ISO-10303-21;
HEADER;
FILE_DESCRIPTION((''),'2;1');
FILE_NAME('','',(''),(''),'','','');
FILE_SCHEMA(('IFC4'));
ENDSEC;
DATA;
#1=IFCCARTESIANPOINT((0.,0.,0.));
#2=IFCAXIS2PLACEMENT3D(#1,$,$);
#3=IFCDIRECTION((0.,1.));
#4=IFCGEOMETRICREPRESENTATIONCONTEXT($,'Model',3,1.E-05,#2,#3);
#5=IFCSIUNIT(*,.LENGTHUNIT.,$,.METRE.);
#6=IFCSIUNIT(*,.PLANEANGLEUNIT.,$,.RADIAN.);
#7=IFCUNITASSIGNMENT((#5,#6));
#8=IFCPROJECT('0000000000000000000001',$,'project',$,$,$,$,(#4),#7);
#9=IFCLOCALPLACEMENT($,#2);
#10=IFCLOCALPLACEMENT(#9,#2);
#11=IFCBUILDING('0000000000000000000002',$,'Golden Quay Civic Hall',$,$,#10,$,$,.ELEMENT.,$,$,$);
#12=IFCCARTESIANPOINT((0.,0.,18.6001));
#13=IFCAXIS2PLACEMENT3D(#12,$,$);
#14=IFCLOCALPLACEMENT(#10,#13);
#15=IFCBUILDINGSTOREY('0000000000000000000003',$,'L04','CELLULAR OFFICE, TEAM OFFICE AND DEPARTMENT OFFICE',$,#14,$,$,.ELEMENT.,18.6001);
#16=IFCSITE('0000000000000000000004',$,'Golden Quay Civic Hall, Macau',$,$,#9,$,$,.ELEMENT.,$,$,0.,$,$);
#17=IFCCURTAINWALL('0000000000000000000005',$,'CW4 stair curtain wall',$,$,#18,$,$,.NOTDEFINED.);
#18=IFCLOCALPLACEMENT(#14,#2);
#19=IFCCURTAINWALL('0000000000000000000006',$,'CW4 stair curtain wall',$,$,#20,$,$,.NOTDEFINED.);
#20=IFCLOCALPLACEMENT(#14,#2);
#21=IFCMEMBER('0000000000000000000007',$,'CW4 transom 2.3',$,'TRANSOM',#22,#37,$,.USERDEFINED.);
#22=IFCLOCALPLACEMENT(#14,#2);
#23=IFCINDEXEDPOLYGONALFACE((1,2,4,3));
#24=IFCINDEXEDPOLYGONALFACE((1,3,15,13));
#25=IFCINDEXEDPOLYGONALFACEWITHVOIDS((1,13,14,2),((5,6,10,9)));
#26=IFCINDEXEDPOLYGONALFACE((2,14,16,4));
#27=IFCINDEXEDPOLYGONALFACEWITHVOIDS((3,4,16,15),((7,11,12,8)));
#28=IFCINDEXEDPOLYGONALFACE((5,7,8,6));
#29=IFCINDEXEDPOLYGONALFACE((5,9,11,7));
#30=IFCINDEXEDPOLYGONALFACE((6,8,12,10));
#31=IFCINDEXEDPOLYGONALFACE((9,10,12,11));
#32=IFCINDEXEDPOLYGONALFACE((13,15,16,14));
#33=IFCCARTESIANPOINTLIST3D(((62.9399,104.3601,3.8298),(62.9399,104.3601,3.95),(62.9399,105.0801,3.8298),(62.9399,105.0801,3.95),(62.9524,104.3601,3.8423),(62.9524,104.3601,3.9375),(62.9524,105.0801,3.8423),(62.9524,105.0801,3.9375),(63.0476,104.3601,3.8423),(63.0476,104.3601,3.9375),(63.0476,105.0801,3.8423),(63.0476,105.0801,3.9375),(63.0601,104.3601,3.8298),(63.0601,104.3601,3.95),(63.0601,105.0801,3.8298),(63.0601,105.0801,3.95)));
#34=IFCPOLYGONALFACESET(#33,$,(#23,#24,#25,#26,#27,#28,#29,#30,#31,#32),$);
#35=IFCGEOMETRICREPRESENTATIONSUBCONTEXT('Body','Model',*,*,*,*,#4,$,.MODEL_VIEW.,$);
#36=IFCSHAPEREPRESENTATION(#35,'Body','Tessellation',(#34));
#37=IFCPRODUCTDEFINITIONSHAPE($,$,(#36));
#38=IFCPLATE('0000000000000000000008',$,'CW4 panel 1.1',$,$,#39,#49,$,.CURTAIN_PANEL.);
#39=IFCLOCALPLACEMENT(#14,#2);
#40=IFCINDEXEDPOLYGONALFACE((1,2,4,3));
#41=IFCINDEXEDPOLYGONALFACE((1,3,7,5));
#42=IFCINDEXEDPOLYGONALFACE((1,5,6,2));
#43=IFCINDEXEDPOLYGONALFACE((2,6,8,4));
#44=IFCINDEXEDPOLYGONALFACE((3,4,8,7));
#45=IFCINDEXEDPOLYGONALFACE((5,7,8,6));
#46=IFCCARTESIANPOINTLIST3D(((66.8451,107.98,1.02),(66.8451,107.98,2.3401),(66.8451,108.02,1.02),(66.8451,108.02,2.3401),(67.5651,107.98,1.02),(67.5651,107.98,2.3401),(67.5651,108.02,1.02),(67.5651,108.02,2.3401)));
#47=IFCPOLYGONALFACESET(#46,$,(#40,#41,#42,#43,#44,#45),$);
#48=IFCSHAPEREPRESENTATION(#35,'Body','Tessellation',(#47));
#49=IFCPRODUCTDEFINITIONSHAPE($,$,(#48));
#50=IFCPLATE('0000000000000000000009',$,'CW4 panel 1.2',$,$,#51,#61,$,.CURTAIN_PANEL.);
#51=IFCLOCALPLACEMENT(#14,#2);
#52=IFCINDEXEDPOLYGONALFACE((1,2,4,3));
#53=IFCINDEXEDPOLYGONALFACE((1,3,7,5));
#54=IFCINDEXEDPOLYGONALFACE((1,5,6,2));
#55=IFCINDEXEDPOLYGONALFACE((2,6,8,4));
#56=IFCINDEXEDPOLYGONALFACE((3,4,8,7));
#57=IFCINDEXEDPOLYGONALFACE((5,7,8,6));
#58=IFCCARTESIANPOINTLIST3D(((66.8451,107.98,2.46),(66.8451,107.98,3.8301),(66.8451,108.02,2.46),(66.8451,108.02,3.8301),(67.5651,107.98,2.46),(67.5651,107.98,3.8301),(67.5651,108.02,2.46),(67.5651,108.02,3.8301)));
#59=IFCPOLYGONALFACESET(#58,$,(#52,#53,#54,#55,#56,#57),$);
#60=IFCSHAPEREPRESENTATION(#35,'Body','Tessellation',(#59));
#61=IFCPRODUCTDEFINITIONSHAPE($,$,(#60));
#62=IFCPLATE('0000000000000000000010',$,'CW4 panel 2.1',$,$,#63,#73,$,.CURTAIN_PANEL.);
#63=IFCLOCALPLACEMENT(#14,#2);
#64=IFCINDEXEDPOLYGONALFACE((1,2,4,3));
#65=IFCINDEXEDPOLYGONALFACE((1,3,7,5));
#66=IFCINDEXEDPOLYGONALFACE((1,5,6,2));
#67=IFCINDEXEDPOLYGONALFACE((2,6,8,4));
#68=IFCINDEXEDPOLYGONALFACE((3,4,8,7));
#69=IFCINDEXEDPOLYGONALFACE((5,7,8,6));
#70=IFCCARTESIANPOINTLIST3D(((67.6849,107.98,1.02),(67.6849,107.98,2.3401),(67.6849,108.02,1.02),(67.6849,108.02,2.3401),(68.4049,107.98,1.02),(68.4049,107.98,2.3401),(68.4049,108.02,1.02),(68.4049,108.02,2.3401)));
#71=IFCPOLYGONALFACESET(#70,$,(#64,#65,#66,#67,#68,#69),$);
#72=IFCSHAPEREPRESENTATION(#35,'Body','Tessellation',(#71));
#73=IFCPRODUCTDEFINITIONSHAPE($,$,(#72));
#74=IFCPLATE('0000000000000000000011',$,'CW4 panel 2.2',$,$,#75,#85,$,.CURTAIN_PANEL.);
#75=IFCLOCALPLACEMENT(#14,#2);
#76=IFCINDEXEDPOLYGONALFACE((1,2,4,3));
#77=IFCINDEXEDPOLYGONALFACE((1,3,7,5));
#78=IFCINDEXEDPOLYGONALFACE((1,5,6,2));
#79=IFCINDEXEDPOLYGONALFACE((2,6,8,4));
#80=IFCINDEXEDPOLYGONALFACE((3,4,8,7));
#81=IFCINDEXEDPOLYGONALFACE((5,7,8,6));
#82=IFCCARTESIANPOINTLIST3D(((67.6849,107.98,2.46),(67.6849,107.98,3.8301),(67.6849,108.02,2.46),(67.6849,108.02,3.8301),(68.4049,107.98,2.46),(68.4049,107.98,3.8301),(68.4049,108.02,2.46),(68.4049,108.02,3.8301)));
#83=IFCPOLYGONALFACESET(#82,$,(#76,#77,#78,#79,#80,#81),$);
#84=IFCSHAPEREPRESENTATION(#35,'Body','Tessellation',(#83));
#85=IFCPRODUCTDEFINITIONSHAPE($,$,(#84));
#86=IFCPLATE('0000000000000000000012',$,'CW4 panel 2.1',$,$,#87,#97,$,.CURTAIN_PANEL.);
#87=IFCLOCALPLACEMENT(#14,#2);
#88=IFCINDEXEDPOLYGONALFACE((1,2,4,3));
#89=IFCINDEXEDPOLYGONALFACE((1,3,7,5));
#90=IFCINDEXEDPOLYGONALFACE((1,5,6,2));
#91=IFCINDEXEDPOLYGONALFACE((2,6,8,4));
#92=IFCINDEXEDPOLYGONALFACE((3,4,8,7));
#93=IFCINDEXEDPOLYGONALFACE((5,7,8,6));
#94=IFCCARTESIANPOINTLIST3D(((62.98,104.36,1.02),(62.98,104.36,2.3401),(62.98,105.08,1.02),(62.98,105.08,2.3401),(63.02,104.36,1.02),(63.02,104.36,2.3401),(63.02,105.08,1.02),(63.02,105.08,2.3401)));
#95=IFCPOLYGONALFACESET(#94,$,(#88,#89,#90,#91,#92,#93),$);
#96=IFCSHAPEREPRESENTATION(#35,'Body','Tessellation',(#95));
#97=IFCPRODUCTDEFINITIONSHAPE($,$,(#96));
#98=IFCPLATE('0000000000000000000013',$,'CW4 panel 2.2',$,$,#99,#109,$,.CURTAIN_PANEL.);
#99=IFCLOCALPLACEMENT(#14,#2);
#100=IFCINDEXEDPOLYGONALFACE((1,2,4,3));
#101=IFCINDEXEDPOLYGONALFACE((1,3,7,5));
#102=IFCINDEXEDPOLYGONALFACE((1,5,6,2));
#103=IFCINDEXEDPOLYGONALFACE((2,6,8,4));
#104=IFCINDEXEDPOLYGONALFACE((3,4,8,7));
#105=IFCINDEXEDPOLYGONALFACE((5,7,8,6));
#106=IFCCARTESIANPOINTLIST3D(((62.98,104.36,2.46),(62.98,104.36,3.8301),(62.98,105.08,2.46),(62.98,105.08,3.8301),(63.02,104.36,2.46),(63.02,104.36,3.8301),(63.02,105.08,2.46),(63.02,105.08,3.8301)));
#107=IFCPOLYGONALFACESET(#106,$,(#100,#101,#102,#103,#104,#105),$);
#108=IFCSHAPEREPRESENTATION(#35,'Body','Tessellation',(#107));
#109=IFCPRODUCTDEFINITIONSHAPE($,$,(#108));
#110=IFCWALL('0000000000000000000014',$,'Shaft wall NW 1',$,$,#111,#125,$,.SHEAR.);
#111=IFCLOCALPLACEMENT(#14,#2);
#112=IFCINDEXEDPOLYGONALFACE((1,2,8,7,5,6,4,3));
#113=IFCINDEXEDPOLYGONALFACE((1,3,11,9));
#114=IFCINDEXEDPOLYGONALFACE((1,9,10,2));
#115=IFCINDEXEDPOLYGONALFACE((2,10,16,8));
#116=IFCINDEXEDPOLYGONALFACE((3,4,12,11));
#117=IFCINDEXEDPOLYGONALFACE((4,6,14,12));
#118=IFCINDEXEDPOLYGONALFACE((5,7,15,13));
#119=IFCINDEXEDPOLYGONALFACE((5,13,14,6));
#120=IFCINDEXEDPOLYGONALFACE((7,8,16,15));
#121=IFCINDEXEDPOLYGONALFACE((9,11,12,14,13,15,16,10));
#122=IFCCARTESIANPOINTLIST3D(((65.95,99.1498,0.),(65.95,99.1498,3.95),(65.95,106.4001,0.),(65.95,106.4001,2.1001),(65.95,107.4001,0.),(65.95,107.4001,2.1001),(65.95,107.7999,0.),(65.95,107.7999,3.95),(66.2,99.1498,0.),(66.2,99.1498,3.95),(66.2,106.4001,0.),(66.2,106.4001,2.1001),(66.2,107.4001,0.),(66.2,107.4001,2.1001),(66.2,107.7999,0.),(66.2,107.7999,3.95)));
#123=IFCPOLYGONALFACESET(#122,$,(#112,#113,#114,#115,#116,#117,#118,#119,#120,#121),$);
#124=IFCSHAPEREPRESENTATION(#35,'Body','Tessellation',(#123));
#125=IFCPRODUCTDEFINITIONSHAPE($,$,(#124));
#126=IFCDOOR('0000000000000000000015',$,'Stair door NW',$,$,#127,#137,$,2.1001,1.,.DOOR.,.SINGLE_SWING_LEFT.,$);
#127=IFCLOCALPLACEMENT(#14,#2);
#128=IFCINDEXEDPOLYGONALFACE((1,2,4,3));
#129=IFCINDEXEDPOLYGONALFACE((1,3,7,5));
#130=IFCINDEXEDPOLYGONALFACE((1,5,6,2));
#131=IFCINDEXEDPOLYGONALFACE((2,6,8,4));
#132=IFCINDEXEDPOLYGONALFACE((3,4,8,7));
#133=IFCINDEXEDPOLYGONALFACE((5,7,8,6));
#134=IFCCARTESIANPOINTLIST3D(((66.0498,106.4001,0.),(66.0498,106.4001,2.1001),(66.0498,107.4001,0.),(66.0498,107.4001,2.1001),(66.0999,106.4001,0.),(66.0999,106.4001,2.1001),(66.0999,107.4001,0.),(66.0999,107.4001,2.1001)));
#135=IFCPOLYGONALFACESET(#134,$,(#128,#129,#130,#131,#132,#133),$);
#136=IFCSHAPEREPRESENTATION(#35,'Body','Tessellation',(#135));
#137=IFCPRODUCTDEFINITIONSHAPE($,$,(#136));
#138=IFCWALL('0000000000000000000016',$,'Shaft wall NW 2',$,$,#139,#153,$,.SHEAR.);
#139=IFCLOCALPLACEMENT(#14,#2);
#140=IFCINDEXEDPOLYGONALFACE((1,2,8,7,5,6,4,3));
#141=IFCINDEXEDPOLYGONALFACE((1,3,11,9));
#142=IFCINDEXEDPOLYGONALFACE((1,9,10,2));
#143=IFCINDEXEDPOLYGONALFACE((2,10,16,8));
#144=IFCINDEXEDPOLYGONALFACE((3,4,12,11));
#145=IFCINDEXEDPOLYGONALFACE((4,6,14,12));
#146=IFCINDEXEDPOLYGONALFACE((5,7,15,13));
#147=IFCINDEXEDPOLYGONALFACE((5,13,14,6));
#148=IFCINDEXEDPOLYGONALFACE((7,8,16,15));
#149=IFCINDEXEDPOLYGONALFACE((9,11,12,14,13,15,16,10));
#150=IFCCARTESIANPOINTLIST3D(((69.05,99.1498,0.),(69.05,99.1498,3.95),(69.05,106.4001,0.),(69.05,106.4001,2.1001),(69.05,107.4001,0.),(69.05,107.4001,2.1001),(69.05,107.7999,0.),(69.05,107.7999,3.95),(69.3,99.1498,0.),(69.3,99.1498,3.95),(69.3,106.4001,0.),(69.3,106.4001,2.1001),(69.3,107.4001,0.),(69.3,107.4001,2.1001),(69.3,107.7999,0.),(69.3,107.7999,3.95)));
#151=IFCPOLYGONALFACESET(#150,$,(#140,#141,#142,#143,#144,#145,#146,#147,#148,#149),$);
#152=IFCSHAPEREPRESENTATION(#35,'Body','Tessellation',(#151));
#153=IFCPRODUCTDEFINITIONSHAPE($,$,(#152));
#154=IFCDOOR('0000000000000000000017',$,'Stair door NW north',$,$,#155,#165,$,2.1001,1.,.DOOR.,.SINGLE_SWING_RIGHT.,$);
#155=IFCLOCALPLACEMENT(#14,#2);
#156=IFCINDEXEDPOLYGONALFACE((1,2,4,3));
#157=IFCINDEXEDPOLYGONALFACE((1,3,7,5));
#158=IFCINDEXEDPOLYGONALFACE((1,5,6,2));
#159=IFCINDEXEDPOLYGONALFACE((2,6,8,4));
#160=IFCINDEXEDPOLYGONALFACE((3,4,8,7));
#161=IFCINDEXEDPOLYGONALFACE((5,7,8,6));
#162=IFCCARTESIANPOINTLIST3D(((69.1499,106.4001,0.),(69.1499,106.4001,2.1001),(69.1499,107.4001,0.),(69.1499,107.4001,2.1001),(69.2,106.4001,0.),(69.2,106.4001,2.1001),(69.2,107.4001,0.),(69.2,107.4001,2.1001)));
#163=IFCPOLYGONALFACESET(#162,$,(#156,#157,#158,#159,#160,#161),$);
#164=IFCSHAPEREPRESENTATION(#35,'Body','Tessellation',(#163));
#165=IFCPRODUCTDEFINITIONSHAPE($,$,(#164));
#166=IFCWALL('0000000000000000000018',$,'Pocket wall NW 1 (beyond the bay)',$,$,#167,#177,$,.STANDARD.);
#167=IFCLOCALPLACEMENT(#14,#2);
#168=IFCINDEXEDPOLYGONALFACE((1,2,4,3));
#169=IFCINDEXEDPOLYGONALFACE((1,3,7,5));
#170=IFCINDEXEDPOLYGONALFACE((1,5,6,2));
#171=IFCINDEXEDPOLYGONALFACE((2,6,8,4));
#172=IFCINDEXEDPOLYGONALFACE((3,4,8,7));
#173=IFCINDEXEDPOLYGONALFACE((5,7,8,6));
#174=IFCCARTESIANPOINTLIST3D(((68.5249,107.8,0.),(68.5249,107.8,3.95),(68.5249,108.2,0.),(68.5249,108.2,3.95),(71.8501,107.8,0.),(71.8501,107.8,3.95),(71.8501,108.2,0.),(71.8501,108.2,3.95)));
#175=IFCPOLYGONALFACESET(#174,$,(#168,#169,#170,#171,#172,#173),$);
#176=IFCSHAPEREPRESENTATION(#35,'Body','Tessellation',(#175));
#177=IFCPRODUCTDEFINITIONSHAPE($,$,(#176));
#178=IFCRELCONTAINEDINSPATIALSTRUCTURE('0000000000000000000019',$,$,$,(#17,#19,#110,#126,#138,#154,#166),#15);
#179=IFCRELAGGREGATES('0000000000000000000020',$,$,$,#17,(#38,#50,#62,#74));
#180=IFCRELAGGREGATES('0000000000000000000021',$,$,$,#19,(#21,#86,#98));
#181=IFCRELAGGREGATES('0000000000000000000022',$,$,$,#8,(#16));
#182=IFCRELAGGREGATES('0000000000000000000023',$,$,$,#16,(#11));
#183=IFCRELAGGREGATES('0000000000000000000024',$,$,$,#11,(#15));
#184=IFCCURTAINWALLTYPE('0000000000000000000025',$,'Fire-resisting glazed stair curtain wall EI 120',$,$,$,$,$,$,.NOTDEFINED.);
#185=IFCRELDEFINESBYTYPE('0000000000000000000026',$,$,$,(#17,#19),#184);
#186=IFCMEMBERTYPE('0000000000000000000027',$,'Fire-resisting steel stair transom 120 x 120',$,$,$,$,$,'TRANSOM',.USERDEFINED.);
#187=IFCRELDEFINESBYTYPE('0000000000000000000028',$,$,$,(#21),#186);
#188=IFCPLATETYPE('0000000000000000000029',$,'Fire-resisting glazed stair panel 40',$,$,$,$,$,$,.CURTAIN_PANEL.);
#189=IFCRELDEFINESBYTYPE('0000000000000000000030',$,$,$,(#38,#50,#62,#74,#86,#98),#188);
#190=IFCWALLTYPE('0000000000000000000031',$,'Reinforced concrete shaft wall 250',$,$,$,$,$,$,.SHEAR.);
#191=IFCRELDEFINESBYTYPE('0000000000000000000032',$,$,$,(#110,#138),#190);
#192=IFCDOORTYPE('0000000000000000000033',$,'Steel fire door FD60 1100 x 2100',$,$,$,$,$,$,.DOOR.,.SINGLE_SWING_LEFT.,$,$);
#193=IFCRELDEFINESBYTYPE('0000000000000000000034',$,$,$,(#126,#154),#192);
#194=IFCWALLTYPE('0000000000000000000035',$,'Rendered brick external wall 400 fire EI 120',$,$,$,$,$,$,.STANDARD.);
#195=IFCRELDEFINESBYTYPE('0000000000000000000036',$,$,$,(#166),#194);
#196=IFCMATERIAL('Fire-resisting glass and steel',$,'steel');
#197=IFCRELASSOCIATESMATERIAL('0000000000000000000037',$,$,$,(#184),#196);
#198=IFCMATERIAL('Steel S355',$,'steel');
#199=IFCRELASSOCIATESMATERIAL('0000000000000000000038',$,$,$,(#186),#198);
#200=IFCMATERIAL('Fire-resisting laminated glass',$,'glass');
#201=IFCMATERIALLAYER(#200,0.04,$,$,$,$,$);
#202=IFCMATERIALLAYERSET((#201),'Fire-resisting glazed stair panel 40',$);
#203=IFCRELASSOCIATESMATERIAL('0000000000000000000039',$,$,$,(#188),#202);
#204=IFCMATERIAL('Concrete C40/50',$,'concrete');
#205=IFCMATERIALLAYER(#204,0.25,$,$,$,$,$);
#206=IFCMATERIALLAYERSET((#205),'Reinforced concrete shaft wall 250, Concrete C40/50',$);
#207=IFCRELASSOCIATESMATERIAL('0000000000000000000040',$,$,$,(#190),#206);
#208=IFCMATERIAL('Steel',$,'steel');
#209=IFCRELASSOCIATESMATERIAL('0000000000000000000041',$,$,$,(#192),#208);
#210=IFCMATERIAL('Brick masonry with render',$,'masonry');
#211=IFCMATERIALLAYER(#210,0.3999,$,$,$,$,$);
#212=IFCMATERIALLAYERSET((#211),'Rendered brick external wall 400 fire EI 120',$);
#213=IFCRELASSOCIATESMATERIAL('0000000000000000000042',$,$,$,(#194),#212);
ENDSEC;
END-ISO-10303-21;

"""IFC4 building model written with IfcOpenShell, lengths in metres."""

from ifc_helpers import new_model, si_unit, direction, frame, frame_2d, origin, origin_2d, place, context, subcontext, project, spatial, rectangle, hollow_rectangle, extrude, material, layer, layer_set, material_profile, profile_set, type_object, element, fill, aggregate, save


model = new_model("IFC4")

# Units and contexts
model_context = context("Model", 3, precision=1e-05, world=origin(), true_north=direction((0.0, 1.0)))
body_context = subcontext(model_context, "Body", "Model", "MODEL_VIEW")
ifc_project = project(units=[si_unit("LENGTHUNIT", "METRE"), si_unit("PLANEANGLEUNIT", "RADIAN")], contexts=[model_context])

# Site, building, storey
site_placement = place(None, origin())
site = spatial("IfcSite", under=ifc_project, at=site_placement, Name="Golden Quay Civic Hall, Macau", CompositionType="ELEMENT", RefElevation=0.0)
building_placement = place(site_placement, origin())
building = spatial("IfcBuilding", under=site, at=building_placement, Name="Golden Quay Civic Hall", CompositionType="ELEMENT")
storey_placement = place(building_placement, frame((0.0, 0.0, 18.6001)))
storey = spatial("IfcBuildingStorey", under=building, at=storey_placement, Name="L04", Description="CELLULAR OFFICE, TEAM OFFICE AND DEPARTMENT OFFICE", CompositionType="ELEMENT", Elevation=18.6001)

# Curtain wall
ifc_material_1 = material(Name="Fire-resisting glass and steel", Category="steel")
curtain_wall_type = type_object("IfcCurtainWallType", Name="Fire-resisting glazed stair curtain wall EI 120", PredefinedType="NOTDEFINED", material=ifc_material_1)
curtain_wall_1_placement = place(storey_placement, origin())
curtain_wall_1 = element("IfcCurtainWall", 1, at=curtain_wall_1_placement, inside=storey, type_object=curtain_wall_type, Name="CW4 stair curtain wall", PredefinedType="NOTDEFINED")

# Curtain wall
curtain_wall_2_placement = place(storey_placement, origin())
curtain_wall_2 = element("IfcCurtainWall", 2, at=curtain_wall_2_placement, inside=storey, type_object=curtain_wall_type, Name="CW4 stair curtain wall", PredefinedType="NOTDEFINED")

# Member
ifc_material_2 = material(Name="Steel S355", Category="steel")
ifc_material_profile_1 = material_profile(ifc_material_2, hollow_rectangle(XDim=0.1201, YDim=0.1201, WallThickness=0.0125, at=origin_2d()), Name="SHS 120x120x12.5")
ifc_profile_set_1 = profile_set([ifc_material_profile_1], Name="Steel S355")
member_type_1 = type_object("IfcMemberType", Name="Fire-resisting steel stair transom 120 x 120", ElementType="TRANSOM", PredefinedType="USERDEFINED", material=ifc_profile_set_1)
member_1_placement = place(storey_placement, frame((63.0, 104.3601, 3.8899), z_axis=(0.0, 1.0, 0.0), x_axis=(-1.0, 0.0, 0.0)))
member_1 = element("IfcMember", 3, at=member_1_placement, type_object=member_type_1, Name="CW4 transom 2.3", ObjectType="TRANSOM", PredefinedType="USERDEFINED", context=body_context, shape_type="SweptSolid", body=[
    extrude(hollow_rectangle(XDim=0.1201, YDim=0.1201, WallThickness=0.0125, at=origin_2d()), origin(), (0.0, 0.0, 1.0), 0.72),
])

# Plates
ifc_material_3 = material(Name="Fire-resisting laminated glass", Category="glass")
ifc_layer_1 = layer(ifc_material_3, 0.04)
ifc_layer_set_1 = layer_set([ifc_layer_1], Name="Fire-resisting glazed stair panel 40")
plate_type = type_object("IfcPlateType", Name="Fire-resisting glazed stair panel 40", PredefinedType="CURTAIN_PANEL", material=ifc_layer_set_1)
plate_1_placement = place(storey_placement, frame((67.2051, 108.0, 1.02), z_axis=(0.0, 0.0, 1.0), x_axis=(1.0, 0.0, 0.0)))
plate_1 = element("IfcPlate", 4, at=plate_1_placement, type_object=plate_type, Name="CW4 panel 1.1", PredefinedType="CURTAIN_PANEL", context=body_context, shape_type="SweptSolid", body=[
    extrude(rectangle(XDim=0.72, YDim=0.04, at=origin_2d()), origin(), (0.0, 0.0, 1.0), 1.3201),
])
plate_2_placement = place(storey_placement, frame((67.2051, 108.0, 2.46), z_axis=(0.0, 0.0, 1.0), x_axis=(1.0, 0.0, 0.0)))
plate_2 = element("IfcPlate", 5, at=plate_2_placement, type_object=plate_type, Name="CW4 panel 1.2", PredefinedType="CURTAIN_PANEL", context=body_context, shape_type="SweptSolid", body=[
    extrude(rectangle(XDim=0.72, YDim=0.04, at=origin_2d()), origin(), (0.0, 0.0, 1.0), 1.3701),
])
plate_3_placement = place(storey_placement, frame((68.0449, 108.0, 1.02), z_axis=(0.0, 0.0, 1.0), x_axis=(1.0, 0.0, 0.0)))
plate_3 = element("IfcPlate", 6, at=plate_3_placement, type_object=plate_type, Name="CW4 panel 2.1", PredefinedType="CURTAIN_PANEL", context=body_context, shape_type="SweptSolid", body=[
    extrude(rectangle(XDim=0.72, YDim=0.04, at=origin_2d()), origin(), (0.0, 0.0, 1.0), 1.3201),
])
plate_4_placement = place(storey_placement, frame((68.0449, 108.0, 2.46), z_axis=(0.0, 0.0, 1.0), x_axis=(1.0, 0.0, 0.0)))
plate_4 = element("IfcPlate", 7, at=plate_4_placement, type_object=plate_type, Name="CW4 panel 2.2", PredefinedType="CURTAIN_PANEL", context=body_context, shape_type="SweptSolid", body=[
    extrude(rectangle(XDim=0.72, YDim=0.04, at=origin_2d()), origin(), (0.0, 0.0, 1.0), 1.3701),
])
aggregate(curtain_wall_1, [plate_1, plate_2, plate_3, plate_4])
plate_5_placement = place(storey_placement, frame((63.0, 104.72, 1.02), z_axis=(0.0, 0.0, 1.0), x_axis=(0.0, 1.0, 0.0)))
plate_5 = element("IfcPlate", 8, at=plate_5_placement, type_object=plate_type, Name="CW4 panel 2.1", PredefinedType="CURTAIN_PANEL", context=body_context, shape_type="SweptSolid", body=[
    extrude(rectangle(XDim=0.72, YDim=0.04, at=origin_2d()), origin(), (0.0, 0.0, 1.0), 1.3201),
])
plate_6_placement = place(storey_placement, frame((63.0, 104.72, 2.46), z_axis=(0.0, 0.0, 1.0), x_axis=(0.0, 1.0, 0.0)))
plate_6 = element("IfcPlate", 9, at=plate_6_placement, type_object=plate_type, Name="CW4 panel 2.2", PredefinedType="CURTAIN_PANEL", context=body_context, shape_type="SweptSolid", body=[
    extrude(rectangle(XDim=0.72, YDim=0.04, at=origin_2d()), origin(), (0.0, 0.0, 1.0), 1.3701),
])
aggregate(curtain_wall_2, [member_1, plate_5, plate_6])

# Walls, openings, doors
ifc_material_4 = material(Name="Concrete C40/50", Category="concrete")
ifc_layer_2 = layer(ifc_material_4, 0.25)
ifc_layer_set_2 = layer_set([ifc_layer_2], Name="Reinforced concrete shaft wall 250, Concrete C40/50")
wall_type_1 = type_object("IfcWallType", Name="Reinforced concrete shaft wall 250", PredefinedType="SHEAR", material=ifc_layer_set_2)
wall_1_placement = place(storey_placement, frame((66.075, 107.8, 0.0), z_axis=(0.0, 0.0, 1.0), x_axis=(0.0, -1.0, 0.0)))
wall_1 = element("IfcWall", 10, at=wall_1_placement, inside=storey, type_object=wall_type_1, Name="Shaft wall NW 1", PredefinedType="SHEAR", context=body_context, shape_type="SweptSolid", body=[
    extrude(rectangle(XDim=8.6501, YDim=0.25, at=frame_2d((4.3252, 0.0))), origin(), (0.0, 0.0, 1.0), 3.95),
])
opening_1_placement = place(wall_1_placement, frame((0.3999, 0.0, 0.0)))
opening_1 = element("IfcOpeningElement", 11, at=opening_1_placement, cuts=wall_1, PredefinedType="OPENING", context=body_context, shape_type="SweptSolid", body=[
    extrude(rectangle(XDim=1.0, YDim=2.1001, at=frame_2d((0.5, 1.05))), frame((0.0, 0.135, 0.0), z_axis=(0.0, -1.0, 0.0), x_axis=(1.0, 0.0, 0.0)), (0.0, 0.0, 1.0), 0.27),
])
ifc_material_5 = material(Name="Steel", Category="steel")
door_type = type_object("IfcDoorType", Name="Steel fire door FD60 1100 x 2100", OperationType="SINGLE_SWING_LEFT", PredefinedType="DOOR", material=ifc_material_5)
door_1_placement = place(opening_1_placement, origin())
door_1 = element("IfcDoor", 12, at=door_1_placement, inside=storey, type_object=door_type, Name="Stair door NW", OperationType="SINGLE_SWING_LEFT", OverallHeight=2.1001, OverallWidth=1.0, PredefinedType="DOOR", context=body_context, shape_type="SweptSolid", body=[
    extrude(rectangle(XDim=1.0, YDim=2.1001, at=frame_2d((0.5, 1.05))), frame((0.0, 0.0249, 0.0), z_axis=(0.0, -1.0, 0.0), x_axis=(1.0, 0.0, 0.0)), (0.0, 0.0, 1.0), 0.05),
])
fill(opening_1, door_1)
wall_2_placement = place(storey_placement, frame((69.175, 107.8, 0.0), z_axis=(0.0, 0.0, 1.0), x_axis=(0.0, -1.0, 0.0)))
wall_2 = element("IfcWall", 13, at=wall_2_placement, inside=storey, type_object=wall_type_1, Name="Shaft wall NW 2", PredefinedType="SHEAR", context=body_context, shape_type="SweptSolid", body=[
    extrude(rectangle(XDim=8.6501, YDim=0.25, at=frame_2d((4.3252, 0.0))), origin(), (0.0, 0.0, 1.0), 3.95),
])
opening_2_placement = place(wall_2_placement, frame((0.3999, 0.0, 0.0)))
opening_2 = element("IfcOpeningElement", 14, at=opening_2_placement, cuts=wall_2, PredefinedType="OPENING", context=body_context, shape_type="SweptSolid", body=[
    extrude(rectangle(XDim=1.0, YDim=2.1001, at=frame_2d((0.5, 1.05))), frame((0.0, 0.135, 0.0), z_axis=(0.0, -1.0, 0.0), x_axis=(1.0, 0.0, 0.0)), (0.0, 0.0, 1.0), 0.27),
])
door_2_placement = place(opening_2_placement, frame((1.0, 0.0, 0.0), z_axis=(0.0, 0.0, 1.0), x_axis=(-1.0, 0.0, 0.0)))
door_2 = element("IfcDoor", 15, at=door_2_placement, inside=storey, type_object=door_type, Name="Stair door NW north", OperationType="SINGLE_SWING_RIGHT", OverallHeight=2.1001, OverallWidth=1.0, PredefinedType="DOOR", context=body_context, shape_type="SweptSolid", body=[
    extrude(rectangle(XDim=1.0, YDim=2.1001, at=frame_2d((0.5, 1.05))), frame((0.0, 0.0251, 0.0), z_axis=(0.0, -1.0, 0.0), x_axis=(1.0, 0.0, 0.0)), (0.0, 0.0, 1.0), 0.05),
])
fill(opening_2, door_2)

# Wall
ifc_material_6 = material(Name="Brick masonry with render", Category="masonry")
ifc_layer_3 = layer(ifc_material_6, 0.3999)
ifc_layer_set_3 = layer_set([ifc_layer_3], Name="Rendered brick external wall 400 fire EI 120")
wall_type_2 = type_object("IfcWallType", Name="Rendered brick external wall 400 fire EI 120", PredefinedType="STANDARD", material=ifc_layer_set_3)
wall_3_placement = place(storey_placement, frame((68.5249, 108.0, 0.0), z_axis=(0.0, 0.0, 1.0), x_axis=(1.0, 0.0, 0.0)))
element("IfcWall", 16, at=wall_3_placement, inside=storey, type_object=wall_type_2, Name="Pocket wall NW 1 (beyond the bay)", PredefinedType="STANDARD", context=body_context, shape_type="SweptSolid", body=[
    extrude(rectangle(XDim=3.3252, YDim=0.3999, at=frame_2d((1.6626, 0.0))), origin(), (0.0, 0.0, 1.0), 3.95),
])

save(model, "model.ifc")
